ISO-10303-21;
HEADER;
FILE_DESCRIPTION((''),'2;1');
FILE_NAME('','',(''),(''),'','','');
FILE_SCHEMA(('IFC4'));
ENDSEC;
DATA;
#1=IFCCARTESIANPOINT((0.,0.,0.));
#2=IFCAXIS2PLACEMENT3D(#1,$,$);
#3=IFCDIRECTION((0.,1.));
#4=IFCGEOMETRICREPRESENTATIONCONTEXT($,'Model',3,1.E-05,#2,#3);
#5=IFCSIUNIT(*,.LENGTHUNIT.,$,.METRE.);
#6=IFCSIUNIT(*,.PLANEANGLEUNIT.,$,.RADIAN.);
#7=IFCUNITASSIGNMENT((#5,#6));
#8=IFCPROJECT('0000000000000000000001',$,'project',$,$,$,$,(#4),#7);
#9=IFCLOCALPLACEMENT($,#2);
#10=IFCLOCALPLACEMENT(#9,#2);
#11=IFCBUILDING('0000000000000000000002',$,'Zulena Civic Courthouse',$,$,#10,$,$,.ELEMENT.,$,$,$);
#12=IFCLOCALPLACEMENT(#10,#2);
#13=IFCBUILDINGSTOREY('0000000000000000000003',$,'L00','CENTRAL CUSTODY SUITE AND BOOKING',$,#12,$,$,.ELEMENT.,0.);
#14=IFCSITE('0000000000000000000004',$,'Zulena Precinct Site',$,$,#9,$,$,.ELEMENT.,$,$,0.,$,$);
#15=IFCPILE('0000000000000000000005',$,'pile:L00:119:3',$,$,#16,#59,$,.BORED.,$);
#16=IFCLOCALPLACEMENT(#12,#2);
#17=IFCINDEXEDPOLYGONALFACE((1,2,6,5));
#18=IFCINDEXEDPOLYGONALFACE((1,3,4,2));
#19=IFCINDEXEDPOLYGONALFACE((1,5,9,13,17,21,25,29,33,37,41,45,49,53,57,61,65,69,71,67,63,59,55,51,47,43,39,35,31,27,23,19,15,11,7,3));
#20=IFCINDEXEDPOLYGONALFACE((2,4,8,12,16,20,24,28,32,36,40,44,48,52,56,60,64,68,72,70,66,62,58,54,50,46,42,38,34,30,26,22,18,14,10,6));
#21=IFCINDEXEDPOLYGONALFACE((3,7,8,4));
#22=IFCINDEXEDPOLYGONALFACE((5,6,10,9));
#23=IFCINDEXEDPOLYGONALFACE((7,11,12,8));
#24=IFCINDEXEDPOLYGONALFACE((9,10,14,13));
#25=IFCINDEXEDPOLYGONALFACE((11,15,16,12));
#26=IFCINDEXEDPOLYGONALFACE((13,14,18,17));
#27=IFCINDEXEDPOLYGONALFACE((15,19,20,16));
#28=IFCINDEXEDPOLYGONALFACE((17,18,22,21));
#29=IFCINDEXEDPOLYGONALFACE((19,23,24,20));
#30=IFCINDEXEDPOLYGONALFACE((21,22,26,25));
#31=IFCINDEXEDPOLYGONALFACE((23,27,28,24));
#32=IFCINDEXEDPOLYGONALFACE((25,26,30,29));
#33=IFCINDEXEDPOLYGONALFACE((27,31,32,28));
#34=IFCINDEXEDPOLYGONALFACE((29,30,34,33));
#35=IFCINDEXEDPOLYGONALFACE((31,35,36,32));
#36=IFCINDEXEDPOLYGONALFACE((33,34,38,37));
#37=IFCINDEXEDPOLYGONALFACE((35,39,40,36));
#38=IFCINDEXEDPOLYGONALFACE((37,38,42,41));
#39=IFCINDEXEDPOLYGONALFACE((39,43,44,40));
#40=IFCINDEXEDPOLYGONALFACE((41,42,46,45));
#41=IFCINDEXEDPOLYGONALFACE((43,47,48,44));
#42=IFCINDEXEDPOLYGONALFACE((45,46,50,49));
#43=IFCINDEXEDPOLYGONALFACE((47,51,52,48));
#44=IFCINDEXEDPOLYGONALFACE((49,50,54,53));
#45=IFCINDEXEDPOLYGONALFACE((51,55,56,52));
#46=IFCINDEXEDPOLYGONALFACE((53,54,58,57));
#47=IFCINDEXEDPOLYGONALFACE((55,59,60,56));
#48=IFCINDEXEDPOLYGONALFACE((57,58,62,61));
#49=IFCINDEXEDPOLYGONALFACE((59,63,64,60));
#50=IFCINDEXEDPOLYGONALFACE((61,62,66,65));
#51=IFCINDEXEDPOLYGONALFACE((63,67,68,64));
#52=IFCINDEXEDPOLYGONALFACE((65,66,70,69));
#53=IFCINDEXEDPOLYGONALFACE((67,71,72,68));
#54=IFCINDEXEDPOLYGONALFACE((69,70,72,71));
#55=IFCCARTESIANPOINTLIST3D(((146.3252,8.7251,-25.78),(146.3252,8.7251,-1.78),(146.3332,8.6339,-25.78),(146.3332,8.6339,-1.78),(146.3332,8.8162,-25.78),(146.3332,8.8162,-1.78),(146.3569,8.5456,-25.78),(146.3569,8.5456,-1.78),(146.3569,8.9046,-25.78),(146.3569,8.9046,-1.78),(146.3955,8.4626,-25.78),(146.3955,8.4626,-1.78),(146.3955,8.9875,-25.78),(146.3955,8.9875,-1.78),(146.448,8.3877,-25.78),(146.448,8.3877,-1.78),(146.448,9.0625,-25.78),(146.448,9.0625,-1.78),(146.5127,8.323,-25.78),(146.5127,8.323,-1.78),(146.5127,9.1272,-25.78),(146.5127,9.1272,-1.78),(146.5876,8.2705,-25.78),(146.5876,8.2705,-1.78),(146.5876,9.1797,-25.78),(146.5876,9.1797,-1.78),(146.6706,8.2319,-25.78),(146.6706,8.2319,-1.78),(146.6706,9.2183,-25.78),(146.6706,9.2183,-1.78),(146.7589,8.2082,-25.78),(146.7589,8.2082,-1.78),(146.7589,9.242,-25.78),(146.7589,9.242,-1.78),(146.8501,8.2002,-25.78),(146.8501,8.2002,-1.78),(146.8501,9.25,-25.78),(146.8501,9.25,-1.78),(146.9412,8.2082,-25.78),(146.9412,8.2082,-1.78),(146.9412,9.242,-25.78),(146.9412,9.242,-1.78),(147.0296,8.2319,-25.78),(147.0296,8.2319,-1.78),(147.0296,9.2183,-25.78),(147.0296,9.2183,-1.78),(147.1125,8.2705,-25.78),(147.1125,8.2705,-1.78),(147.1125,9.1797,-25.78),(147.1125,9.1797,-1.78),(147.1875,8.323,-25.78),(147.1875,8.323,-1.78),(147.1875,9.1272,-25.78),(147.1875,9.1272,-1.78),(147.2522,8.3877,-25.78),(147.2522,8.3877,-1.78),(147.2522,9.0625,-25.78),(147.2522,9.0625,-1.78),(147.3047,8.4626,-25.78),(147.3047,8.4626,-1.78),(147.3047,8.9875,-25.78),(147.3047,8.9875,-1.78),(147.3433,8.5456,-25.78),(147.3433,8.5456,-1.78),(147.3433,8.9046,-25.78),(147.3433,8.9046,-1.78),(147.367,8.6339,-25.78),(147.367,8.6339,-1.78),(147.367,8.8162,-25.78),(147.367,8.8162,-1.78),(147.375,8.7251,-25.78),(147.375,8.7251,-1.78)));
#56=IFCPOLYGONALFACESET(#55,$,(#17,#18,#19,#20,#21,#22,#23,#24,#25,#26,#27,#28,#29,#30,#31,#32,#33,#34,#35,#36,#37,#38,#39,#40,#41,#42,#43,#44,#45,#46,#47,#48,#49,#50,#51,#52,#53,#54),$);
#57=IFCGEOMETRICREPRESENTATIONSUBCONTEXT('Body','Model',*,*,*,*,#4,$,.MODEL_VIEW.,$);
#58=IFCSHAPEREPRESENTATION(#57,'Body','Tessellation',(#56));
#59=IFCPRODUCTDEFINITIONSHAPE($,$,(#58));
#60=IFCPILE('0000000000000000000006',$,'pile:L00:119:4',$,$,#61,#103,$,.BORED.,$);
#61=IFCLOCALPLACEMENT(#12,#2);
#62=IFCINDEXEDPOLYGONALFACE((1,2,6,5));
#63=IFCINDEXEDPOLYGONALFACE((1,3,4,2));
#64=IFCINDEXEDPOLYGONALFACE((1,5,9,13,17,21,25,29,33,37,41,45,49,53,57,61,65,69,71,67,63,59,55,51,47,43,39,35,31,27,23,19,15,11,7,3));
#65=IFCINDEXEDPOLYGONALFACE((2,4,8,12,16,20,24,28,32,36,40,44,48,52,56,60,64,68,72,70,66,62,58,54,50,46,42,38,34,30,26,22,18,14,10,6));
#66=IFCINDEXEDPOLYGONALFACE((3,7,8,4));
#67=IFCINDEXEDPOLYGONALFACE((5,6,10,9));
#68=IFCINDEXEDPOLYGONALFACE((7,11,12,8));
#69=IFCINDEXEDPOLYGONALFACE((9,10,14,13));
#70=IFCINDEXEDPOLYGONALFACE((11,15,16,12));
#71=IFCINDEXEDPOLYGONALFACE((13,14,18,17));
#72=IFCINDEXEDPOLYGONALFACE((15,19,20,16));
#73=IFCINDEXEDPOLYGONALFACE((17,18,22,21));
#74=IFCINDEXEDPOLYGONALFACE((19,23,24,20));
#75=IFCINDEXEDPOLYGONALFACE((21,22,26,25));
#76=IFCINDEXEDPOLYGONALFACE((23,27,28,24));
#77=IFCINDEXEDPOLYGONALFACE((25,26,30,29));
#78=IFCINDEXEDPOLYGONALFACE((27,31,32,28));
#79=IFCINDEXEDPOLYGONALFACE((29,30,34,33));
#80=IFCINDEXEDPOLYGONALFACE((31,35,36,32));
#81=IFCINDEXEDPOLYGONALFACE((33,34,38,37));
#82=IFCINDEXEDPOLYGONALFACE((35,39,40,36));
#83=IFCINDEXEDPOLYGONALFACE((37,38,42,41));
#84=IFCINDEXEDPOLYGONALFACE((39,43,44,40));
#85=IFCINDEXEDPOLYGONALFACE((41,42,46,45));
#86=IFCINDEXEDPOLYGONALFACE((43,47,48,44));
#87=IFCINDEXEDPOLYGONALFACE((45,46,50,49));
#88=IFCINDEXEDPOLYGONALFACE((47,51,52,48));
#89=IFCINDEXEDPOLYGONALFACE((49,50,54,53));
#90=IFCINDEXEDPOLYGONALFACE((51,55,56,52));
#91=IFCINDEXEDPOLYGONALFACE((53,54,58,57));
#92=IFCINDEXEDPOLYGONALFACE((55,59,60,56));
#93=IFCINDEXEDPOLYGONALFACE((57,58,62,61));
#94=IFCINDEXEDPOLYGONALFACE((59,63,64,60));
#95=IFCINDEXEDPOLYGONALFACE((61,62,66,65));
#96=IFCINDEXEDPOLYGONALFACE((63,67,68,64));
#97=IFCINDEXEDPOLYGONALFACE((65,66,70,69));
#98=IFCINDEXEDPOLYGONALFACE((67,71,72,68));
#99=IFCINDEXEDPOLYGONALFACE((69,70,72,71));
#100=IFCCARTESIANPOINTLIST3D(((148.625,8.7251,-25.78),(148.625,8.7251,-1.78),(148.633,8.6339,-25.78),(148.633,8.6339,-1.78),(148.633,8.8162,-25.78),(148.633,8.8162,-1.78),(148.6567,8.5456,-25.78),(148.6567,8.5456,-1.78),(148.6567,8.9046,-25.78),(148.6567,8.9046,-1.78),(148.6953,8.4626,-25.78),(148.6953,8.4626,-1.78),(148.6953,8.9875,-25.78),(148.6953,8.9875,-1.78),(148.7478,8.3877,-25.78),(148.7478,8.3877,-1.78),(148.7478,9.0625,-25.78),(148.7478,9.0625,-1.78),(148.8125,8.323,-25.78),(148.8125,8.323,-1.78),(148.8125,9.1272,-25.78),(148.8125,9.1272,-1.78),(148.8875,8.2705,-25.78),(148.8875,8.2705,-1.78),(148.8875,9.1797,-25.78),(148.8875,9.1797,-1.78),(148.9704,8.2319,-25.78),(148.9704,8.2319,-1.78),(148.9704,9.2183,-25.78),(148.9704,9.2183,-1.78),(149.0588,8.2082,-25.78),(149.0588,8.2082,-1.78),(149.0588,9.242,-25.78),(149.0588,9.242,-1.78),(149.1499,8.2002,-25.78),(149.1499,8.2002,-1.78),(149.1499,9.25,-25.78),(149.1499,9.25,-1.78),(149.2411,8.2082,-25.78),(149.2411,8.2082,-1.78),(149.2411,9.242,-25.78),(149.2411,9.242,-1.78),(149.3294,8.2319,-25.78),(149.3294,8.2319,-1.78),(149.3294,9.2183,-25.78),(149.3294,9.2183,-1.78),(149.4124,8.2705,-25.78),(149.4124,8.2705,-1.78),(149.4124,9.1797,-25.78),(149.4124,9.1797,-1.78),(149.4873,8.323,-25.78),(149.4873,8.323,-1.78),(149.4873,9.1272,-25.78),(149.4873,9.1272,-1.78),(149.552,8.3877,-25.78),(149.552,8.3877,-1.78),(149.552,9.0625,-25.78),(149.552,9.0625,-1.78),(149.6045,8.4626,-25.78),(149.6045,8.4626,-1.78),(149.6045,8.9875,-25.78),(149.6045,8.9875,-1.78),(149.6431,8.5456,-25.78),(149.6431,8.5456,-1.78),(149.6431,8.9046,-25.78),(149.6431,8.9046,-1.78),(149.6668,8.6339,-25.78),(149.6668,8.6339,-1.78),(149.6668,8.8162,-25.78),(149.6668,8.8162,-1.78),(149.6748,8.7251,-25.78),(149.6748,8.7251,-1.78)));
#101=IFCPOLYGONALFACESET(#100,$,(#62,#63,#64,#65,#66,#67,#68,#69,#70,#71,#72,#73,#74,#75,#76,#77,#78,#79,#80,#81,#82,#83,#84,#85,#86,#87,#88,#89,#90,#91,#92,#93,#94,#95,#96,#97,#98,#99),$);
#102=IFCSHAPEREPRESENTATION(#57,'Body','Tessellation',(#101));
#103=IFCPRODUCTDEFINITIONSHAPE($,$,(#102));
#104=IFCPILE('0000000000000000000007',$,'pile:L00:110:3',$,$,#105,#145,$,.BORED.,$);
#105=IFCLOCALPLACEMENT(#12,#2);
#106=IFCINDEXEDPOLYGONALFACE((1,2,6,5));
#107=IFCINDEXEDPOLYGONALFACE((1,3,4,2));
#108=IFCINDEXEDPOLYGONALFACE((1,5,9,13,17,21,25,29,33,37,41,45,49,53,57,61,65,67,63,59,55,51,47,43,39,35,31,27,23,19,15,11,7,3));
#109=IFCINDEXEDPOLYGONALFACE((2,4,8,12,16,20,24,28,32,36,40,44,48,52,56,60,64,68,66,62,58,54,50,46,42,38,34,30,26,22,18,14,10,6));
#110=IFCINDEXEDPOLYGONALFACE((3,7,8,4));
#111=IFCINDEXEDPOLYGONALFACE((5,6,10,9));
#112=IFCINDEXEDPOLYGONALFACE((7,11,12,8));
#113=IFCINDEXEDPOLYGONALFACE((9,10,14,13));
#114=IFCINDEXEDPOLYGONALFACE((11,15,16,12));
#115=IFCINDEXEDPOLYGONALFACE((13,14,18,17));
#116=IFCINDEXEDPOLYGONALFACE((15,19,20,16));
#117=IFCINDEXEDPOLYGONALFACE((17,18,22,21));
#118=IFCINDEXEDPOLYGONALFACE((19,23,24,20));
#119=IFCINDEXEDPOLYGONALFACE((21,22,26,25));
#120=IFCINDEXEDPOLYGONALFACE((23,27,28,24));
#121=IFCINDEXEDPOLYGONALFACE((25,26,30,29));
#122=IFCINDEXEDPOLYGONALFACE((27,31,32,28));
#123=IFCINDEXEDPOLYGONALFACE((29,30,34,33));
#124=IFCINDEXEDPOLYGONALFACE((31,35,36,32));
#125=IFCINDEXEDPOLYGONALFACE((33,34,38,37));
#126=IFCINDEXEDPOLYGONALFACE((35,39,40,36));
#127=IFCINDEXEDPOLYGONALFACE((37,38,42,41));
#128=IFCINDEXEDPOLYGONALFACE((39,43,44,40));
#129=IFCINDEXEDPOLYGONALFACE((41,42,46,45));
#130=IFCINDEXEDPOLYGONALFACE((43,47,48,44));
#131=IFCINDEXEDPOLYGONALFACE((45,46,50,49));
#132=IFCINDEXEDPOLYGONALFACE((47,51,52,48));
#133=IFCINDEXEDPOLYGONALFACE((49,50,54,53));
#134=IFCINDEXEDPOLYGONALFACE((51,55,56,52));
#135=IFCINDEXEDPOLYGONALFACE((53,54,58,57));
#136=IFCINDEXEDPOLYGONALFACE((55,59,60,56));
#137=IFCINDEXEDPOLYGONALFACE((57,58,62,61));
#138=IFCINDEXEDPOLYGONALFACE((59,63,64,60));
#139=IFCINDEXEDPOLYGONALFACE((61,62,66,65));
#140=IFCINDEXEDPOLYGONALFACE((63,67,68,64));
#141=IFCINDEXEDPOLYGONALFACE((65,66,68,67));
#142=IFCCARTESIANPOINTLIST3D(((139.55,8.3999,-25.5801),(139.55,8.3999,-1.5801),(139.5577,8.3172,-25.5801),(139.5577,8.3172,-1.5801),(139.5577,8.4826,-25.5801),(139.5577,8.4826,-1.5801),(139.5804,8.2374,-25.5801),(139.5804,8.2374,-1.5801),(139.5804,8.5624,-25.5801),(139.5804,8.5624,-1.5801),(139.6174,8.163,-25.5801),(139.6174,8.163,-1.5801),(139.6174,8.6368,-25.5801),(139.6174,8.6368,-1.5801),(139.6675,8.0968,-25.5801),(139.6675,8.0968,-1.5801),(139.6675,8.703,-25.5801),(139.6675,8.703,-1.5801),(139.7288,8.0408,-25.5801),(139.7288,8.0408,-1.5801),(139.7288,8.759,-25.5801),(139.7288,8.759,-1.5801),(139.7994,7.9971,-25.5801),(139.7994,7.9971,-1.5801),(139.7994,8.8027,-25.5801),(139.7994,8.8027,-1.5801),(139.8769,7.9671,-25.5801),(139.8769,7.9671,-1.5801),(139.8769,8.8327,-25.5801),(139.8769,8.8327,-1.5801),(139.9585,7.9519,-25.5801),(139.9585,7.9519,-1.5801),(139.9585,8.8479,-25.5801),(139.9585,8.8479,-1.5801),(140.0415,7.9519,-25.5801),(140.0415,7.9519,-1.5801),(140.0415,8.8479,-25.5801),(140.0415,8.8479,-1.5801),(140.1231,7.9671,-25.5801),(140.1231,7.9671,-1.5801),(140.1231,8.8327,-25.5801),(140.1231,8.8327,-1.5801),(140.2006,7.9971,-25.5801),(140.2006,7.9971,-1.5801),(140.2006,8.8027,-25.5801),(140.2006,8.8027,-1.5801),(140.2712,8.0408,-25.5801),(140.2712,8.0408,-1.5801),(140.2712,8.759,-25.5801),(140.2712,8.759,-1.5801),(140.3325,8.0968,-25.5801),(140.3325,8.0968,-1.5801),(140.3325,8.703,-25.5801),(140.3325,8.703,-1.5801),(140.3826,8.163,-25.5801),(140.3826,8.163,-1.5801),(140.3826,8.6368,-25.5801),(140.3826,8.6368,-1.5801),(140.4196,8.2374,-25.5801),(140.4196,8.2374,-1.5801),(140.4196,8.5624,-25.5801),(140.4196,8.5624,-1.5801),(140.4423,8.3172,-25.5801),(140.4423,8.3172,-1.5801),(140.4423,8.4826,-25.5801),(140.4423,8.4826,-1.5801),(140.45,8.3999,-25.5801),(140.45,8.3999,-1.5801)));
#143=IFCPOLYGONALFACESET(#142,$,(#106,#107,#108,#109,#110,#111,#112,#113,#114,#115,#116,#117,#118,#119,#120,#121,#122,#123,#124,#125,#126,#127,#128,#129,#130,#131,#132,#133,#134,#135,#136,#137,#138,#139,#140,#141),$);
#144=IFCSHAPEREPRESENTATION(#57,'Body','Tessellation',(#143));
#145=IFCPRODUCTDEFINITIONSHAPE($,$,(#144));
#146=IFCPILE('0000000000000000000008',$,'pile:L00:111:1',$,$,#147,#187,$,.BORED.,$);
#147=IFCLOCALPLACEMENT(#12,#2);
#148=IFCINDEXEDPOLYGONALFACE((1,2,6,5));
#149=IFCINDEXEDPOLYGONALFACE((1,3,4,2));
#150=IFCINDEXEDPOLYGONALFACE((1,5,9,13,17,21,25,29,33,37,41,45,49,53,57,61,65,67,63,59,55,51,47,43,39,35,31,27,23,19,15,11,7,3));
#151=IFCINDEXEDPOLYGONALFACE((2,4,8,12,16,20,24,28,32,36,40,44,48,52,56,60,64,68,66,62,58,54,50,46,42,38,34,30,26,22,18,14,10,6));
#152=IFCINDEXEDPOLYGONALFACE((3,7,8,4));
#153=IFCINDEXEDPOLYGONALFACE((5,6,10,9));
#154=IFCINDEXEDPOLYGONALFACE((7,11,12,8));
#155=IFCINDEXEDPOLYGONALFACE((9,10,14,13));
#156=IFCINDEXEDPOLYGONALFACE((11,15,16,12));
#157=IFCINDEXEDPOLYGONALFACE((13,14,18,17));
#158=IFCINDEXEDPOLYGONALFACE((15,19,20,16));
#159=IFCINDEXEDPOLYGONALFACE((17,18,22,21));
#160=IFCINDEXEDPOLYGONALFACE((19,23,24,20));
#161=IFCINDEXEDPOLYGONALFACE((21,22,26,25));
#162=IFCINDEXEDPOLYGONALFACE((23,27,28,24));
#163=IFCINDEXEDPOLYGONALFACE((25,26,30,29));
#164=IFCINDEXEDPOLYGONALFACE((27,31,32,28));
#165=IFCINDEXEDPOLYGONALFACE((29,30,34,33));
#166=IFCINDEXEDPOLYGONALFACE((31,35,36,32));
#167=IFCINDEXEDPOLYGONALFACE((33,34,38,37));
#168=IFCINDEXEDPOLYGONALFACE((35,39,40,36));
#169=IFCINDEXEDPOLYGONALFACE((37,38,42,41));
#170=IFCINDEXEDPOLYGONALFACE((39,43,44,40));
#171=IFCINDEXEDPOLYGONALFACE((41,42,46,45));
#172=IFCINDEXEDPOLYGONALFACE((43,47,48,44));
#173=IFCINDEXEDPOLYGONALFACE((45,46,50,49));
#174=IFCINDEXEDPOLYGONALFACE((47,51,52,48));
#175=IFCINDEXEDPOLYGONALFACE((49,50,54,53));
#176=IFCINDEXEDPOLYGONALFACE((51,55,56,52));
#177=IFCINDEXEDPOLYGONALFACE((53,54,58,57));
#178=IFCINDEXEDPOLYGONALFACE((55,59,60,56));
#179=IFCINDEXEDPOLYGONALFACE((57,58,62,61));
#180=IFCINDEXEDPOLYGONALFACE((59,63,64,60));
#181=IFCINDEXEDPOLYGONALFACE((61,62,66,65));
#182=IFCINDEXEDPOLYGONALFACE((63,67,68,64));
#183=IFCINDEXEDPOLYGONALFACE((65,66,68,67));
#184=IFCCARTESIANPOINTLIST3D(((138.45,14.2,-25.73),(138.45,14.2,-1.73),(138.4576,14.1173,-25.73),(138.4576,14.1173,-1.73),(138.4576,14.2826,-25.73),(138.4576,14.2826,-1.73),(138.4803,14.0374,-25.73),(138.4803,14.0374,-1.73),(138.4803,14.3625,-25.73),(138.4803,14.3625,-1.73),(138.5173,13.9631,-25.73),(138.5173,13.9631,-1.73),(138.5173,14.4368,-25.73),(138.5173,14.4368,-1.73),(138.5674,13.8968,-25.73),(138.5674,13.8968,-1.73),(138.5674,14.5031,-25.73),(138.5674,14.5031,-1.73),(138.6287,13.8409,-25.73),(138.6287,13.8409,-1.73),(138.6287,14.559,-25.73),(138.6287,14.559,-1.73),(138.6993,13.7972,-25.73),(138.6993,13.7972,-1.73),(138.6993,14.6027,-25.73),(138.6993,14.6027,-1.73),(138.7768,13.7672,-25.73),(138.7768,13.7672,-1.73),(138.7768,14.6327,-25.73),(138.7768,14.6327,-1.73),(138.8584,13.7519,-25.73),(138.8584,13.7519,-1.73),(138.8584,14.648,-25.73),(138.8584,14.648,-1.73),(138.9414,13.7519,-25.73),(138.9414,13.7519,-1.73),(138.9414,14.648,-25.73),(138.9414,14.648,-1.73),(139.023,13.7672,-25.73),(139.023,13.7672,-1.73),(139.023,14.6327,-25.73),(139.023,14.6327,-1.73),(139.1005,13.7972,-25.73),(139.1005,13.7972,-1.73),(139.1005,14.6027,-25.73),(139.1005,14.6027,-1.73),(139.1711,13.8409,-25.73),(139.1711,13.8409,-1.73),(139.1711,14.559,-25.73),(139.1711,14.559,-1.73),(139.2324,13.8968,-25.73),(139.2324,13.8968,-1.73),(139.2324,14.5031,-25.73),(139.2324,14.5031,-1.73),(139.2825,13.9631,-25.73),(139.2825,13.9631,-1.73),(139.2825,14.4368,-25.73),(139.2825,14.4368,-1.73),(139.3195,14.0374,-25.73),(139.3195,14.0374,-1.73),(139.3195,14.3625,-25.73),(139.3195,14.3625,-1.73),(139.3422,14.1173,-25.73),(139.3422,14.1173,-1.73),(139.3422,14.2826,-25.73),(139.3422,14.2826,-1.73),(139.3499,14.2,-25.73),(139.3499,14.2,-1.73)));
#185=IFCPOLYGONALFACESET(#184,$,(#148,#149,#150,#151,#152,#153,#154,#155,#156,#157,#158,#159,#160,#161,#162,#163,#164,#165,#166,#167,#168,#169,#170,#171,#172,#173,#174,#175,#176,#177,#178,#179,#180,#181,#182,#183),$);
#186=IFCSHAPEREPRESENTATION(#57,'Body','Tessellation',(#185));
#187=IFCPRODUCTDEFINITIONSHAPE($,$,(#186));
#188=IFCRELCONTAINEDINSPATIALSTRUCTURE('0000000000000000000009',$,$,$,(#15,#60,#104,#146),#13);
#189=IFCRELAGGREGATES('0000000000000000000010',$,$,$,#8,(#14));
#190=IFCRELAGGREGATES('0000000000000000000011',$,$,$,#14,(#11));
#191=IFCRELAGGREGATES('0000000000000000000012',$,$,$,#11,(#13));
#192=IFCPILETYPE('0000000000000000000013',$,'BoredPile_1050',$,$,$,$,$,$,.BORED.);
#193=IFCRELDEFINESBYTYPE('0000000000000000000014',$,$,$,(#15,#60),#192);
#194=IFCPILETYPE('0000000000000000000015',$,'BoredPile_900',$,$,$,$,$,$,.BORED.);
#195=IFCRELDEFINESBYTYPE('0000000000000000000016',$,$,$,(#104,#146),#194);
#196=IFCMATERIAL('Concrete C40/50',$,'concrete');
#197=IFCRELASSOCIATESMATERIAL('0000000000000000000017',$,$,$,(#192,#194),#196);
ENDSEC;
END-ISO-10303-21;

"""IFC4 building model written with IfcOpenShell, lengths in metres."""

from ifc_helpers import new_model, si_unit, direction, frame, origin, origin_2d, place, context, subcontext, project, spatial, circle, extrude, material, material_profile, profile_set, type_object, element, save


model = new_model("IFC4")

# Units and contexts
model_context = context("Model", 3, precision=1e-05, world=origin(), true_north=direction((0.0, 1.0)))
body_context = subcontext(model_context, "Body", "Model", "MODEL_VIEW")
ifc_project = project(units=[si_unit("LENGTHUNIT", "METRE"), si_unit("PLANEANGLEUNIT", "RADIAN")], contexts=[model_context])

# Site, building, storey
site_placement = place(None, origin())
site = spatial("IfcSite", under=ifc_project, at=site_placement, Name="Zulena Precinct Site", CompositionType="ELEMENT", RefElevation=0.0)
building_placement = place(site_placement, origin())
building = spatial("IfcBuilding", under=site, at=building_placement, Name="Zulena Civic Courthouse", CompositionType="ELEMENT")
storey_placement = place(building_placement, origin())
storey = spatial("IfcBuildingStorey", under=building, at=storey_placement, Name="L00", Description="CENTRAL CUSTODY SUITE AND BOOKING", CompositionType="ELEMENT", Elevation=0.0)

# Piles
ifc_material_1 = material(Name="Concrete C40/50", Category="concrete")
ifc_material_profile_1 = material_profile(ifc_material_1, circle(Radius=0.5249, at=origin_2d()), Name="PILE1050")
ifc_profile_set_1 = profile_set([ifc_material_profile_1], Name="Concrete C40/50")
pile_type_1 = type_object("IfcPileType", Name="BoredPile_1050", PredefinedType="BORED", material=ifc_profile_set_1)
for number, where, z_axis, x_axis, name in (
    (1, (146.8501, 8.7251, -1.78), (0.0, 0.0, -1.0), (1.0, 0.0, 0.0), "pile:L00:119:3"),
    (2, (149.1499, 8.7251, -1.78), (0.0, 0.0, -1.0), (1.0, 0.0, 0.0), "pile:L00:119:4"),
):
    element("IfcPile", number, at=place(storey_placement, frame(where, z_axis=z_axis, x_axis=x_axis)), inside=storey, type_object=pile_type_1, Name=name, PredefinedType="BORED", context=body_context, shape_type="SweptSolid", body=[
        extrude(circle(Radius=0.5249, at=origin_2d()), origin(), (0.0, 0.0, 1.0), 24.0),
    ])
ifc_material_profile_2 = material_profile(ifc_material_1, circle(Radius=0.45, at=origin_2d()), Name="PILE900")
ifc_profile_set_2 = profile_set([ifc_material_profile_2], Name="Concrete C40/50")
pile_type_2 = type_object("IfcPileType", Name="BoredPile_900", PredefinedType="BORED", material=ifc_profile_set_2)
for number, where, z_axis, x_axis, name in (
    (3, (140.0, 8.3999, -1.5801), (0.0, 0.0, -1.0), (1.0, 0.0, 0.0), "pile:L00:110:3"),
    (4, (138.8999, 14.2, -1.73), (0.0, 0.0, -1.0), (1.0, 0.0, 0.0), "pile:L00:111:1"),
):
    element("IfcPile", number, at=place(storey_placement, frame(where, z_axis=z_axis, x_axis=x_axis)), inside=storey, type_object=pile_type_2, Name=name, PredefinedType="BORED", context=body_context, shape_type="SweptSolid", body=[
        extrude(circle(Radius=0.45, at=origin_2d()), origin(), (0.0, 0.0, 1.0), 24.0),
    ])

save(model, "model.ifc")
